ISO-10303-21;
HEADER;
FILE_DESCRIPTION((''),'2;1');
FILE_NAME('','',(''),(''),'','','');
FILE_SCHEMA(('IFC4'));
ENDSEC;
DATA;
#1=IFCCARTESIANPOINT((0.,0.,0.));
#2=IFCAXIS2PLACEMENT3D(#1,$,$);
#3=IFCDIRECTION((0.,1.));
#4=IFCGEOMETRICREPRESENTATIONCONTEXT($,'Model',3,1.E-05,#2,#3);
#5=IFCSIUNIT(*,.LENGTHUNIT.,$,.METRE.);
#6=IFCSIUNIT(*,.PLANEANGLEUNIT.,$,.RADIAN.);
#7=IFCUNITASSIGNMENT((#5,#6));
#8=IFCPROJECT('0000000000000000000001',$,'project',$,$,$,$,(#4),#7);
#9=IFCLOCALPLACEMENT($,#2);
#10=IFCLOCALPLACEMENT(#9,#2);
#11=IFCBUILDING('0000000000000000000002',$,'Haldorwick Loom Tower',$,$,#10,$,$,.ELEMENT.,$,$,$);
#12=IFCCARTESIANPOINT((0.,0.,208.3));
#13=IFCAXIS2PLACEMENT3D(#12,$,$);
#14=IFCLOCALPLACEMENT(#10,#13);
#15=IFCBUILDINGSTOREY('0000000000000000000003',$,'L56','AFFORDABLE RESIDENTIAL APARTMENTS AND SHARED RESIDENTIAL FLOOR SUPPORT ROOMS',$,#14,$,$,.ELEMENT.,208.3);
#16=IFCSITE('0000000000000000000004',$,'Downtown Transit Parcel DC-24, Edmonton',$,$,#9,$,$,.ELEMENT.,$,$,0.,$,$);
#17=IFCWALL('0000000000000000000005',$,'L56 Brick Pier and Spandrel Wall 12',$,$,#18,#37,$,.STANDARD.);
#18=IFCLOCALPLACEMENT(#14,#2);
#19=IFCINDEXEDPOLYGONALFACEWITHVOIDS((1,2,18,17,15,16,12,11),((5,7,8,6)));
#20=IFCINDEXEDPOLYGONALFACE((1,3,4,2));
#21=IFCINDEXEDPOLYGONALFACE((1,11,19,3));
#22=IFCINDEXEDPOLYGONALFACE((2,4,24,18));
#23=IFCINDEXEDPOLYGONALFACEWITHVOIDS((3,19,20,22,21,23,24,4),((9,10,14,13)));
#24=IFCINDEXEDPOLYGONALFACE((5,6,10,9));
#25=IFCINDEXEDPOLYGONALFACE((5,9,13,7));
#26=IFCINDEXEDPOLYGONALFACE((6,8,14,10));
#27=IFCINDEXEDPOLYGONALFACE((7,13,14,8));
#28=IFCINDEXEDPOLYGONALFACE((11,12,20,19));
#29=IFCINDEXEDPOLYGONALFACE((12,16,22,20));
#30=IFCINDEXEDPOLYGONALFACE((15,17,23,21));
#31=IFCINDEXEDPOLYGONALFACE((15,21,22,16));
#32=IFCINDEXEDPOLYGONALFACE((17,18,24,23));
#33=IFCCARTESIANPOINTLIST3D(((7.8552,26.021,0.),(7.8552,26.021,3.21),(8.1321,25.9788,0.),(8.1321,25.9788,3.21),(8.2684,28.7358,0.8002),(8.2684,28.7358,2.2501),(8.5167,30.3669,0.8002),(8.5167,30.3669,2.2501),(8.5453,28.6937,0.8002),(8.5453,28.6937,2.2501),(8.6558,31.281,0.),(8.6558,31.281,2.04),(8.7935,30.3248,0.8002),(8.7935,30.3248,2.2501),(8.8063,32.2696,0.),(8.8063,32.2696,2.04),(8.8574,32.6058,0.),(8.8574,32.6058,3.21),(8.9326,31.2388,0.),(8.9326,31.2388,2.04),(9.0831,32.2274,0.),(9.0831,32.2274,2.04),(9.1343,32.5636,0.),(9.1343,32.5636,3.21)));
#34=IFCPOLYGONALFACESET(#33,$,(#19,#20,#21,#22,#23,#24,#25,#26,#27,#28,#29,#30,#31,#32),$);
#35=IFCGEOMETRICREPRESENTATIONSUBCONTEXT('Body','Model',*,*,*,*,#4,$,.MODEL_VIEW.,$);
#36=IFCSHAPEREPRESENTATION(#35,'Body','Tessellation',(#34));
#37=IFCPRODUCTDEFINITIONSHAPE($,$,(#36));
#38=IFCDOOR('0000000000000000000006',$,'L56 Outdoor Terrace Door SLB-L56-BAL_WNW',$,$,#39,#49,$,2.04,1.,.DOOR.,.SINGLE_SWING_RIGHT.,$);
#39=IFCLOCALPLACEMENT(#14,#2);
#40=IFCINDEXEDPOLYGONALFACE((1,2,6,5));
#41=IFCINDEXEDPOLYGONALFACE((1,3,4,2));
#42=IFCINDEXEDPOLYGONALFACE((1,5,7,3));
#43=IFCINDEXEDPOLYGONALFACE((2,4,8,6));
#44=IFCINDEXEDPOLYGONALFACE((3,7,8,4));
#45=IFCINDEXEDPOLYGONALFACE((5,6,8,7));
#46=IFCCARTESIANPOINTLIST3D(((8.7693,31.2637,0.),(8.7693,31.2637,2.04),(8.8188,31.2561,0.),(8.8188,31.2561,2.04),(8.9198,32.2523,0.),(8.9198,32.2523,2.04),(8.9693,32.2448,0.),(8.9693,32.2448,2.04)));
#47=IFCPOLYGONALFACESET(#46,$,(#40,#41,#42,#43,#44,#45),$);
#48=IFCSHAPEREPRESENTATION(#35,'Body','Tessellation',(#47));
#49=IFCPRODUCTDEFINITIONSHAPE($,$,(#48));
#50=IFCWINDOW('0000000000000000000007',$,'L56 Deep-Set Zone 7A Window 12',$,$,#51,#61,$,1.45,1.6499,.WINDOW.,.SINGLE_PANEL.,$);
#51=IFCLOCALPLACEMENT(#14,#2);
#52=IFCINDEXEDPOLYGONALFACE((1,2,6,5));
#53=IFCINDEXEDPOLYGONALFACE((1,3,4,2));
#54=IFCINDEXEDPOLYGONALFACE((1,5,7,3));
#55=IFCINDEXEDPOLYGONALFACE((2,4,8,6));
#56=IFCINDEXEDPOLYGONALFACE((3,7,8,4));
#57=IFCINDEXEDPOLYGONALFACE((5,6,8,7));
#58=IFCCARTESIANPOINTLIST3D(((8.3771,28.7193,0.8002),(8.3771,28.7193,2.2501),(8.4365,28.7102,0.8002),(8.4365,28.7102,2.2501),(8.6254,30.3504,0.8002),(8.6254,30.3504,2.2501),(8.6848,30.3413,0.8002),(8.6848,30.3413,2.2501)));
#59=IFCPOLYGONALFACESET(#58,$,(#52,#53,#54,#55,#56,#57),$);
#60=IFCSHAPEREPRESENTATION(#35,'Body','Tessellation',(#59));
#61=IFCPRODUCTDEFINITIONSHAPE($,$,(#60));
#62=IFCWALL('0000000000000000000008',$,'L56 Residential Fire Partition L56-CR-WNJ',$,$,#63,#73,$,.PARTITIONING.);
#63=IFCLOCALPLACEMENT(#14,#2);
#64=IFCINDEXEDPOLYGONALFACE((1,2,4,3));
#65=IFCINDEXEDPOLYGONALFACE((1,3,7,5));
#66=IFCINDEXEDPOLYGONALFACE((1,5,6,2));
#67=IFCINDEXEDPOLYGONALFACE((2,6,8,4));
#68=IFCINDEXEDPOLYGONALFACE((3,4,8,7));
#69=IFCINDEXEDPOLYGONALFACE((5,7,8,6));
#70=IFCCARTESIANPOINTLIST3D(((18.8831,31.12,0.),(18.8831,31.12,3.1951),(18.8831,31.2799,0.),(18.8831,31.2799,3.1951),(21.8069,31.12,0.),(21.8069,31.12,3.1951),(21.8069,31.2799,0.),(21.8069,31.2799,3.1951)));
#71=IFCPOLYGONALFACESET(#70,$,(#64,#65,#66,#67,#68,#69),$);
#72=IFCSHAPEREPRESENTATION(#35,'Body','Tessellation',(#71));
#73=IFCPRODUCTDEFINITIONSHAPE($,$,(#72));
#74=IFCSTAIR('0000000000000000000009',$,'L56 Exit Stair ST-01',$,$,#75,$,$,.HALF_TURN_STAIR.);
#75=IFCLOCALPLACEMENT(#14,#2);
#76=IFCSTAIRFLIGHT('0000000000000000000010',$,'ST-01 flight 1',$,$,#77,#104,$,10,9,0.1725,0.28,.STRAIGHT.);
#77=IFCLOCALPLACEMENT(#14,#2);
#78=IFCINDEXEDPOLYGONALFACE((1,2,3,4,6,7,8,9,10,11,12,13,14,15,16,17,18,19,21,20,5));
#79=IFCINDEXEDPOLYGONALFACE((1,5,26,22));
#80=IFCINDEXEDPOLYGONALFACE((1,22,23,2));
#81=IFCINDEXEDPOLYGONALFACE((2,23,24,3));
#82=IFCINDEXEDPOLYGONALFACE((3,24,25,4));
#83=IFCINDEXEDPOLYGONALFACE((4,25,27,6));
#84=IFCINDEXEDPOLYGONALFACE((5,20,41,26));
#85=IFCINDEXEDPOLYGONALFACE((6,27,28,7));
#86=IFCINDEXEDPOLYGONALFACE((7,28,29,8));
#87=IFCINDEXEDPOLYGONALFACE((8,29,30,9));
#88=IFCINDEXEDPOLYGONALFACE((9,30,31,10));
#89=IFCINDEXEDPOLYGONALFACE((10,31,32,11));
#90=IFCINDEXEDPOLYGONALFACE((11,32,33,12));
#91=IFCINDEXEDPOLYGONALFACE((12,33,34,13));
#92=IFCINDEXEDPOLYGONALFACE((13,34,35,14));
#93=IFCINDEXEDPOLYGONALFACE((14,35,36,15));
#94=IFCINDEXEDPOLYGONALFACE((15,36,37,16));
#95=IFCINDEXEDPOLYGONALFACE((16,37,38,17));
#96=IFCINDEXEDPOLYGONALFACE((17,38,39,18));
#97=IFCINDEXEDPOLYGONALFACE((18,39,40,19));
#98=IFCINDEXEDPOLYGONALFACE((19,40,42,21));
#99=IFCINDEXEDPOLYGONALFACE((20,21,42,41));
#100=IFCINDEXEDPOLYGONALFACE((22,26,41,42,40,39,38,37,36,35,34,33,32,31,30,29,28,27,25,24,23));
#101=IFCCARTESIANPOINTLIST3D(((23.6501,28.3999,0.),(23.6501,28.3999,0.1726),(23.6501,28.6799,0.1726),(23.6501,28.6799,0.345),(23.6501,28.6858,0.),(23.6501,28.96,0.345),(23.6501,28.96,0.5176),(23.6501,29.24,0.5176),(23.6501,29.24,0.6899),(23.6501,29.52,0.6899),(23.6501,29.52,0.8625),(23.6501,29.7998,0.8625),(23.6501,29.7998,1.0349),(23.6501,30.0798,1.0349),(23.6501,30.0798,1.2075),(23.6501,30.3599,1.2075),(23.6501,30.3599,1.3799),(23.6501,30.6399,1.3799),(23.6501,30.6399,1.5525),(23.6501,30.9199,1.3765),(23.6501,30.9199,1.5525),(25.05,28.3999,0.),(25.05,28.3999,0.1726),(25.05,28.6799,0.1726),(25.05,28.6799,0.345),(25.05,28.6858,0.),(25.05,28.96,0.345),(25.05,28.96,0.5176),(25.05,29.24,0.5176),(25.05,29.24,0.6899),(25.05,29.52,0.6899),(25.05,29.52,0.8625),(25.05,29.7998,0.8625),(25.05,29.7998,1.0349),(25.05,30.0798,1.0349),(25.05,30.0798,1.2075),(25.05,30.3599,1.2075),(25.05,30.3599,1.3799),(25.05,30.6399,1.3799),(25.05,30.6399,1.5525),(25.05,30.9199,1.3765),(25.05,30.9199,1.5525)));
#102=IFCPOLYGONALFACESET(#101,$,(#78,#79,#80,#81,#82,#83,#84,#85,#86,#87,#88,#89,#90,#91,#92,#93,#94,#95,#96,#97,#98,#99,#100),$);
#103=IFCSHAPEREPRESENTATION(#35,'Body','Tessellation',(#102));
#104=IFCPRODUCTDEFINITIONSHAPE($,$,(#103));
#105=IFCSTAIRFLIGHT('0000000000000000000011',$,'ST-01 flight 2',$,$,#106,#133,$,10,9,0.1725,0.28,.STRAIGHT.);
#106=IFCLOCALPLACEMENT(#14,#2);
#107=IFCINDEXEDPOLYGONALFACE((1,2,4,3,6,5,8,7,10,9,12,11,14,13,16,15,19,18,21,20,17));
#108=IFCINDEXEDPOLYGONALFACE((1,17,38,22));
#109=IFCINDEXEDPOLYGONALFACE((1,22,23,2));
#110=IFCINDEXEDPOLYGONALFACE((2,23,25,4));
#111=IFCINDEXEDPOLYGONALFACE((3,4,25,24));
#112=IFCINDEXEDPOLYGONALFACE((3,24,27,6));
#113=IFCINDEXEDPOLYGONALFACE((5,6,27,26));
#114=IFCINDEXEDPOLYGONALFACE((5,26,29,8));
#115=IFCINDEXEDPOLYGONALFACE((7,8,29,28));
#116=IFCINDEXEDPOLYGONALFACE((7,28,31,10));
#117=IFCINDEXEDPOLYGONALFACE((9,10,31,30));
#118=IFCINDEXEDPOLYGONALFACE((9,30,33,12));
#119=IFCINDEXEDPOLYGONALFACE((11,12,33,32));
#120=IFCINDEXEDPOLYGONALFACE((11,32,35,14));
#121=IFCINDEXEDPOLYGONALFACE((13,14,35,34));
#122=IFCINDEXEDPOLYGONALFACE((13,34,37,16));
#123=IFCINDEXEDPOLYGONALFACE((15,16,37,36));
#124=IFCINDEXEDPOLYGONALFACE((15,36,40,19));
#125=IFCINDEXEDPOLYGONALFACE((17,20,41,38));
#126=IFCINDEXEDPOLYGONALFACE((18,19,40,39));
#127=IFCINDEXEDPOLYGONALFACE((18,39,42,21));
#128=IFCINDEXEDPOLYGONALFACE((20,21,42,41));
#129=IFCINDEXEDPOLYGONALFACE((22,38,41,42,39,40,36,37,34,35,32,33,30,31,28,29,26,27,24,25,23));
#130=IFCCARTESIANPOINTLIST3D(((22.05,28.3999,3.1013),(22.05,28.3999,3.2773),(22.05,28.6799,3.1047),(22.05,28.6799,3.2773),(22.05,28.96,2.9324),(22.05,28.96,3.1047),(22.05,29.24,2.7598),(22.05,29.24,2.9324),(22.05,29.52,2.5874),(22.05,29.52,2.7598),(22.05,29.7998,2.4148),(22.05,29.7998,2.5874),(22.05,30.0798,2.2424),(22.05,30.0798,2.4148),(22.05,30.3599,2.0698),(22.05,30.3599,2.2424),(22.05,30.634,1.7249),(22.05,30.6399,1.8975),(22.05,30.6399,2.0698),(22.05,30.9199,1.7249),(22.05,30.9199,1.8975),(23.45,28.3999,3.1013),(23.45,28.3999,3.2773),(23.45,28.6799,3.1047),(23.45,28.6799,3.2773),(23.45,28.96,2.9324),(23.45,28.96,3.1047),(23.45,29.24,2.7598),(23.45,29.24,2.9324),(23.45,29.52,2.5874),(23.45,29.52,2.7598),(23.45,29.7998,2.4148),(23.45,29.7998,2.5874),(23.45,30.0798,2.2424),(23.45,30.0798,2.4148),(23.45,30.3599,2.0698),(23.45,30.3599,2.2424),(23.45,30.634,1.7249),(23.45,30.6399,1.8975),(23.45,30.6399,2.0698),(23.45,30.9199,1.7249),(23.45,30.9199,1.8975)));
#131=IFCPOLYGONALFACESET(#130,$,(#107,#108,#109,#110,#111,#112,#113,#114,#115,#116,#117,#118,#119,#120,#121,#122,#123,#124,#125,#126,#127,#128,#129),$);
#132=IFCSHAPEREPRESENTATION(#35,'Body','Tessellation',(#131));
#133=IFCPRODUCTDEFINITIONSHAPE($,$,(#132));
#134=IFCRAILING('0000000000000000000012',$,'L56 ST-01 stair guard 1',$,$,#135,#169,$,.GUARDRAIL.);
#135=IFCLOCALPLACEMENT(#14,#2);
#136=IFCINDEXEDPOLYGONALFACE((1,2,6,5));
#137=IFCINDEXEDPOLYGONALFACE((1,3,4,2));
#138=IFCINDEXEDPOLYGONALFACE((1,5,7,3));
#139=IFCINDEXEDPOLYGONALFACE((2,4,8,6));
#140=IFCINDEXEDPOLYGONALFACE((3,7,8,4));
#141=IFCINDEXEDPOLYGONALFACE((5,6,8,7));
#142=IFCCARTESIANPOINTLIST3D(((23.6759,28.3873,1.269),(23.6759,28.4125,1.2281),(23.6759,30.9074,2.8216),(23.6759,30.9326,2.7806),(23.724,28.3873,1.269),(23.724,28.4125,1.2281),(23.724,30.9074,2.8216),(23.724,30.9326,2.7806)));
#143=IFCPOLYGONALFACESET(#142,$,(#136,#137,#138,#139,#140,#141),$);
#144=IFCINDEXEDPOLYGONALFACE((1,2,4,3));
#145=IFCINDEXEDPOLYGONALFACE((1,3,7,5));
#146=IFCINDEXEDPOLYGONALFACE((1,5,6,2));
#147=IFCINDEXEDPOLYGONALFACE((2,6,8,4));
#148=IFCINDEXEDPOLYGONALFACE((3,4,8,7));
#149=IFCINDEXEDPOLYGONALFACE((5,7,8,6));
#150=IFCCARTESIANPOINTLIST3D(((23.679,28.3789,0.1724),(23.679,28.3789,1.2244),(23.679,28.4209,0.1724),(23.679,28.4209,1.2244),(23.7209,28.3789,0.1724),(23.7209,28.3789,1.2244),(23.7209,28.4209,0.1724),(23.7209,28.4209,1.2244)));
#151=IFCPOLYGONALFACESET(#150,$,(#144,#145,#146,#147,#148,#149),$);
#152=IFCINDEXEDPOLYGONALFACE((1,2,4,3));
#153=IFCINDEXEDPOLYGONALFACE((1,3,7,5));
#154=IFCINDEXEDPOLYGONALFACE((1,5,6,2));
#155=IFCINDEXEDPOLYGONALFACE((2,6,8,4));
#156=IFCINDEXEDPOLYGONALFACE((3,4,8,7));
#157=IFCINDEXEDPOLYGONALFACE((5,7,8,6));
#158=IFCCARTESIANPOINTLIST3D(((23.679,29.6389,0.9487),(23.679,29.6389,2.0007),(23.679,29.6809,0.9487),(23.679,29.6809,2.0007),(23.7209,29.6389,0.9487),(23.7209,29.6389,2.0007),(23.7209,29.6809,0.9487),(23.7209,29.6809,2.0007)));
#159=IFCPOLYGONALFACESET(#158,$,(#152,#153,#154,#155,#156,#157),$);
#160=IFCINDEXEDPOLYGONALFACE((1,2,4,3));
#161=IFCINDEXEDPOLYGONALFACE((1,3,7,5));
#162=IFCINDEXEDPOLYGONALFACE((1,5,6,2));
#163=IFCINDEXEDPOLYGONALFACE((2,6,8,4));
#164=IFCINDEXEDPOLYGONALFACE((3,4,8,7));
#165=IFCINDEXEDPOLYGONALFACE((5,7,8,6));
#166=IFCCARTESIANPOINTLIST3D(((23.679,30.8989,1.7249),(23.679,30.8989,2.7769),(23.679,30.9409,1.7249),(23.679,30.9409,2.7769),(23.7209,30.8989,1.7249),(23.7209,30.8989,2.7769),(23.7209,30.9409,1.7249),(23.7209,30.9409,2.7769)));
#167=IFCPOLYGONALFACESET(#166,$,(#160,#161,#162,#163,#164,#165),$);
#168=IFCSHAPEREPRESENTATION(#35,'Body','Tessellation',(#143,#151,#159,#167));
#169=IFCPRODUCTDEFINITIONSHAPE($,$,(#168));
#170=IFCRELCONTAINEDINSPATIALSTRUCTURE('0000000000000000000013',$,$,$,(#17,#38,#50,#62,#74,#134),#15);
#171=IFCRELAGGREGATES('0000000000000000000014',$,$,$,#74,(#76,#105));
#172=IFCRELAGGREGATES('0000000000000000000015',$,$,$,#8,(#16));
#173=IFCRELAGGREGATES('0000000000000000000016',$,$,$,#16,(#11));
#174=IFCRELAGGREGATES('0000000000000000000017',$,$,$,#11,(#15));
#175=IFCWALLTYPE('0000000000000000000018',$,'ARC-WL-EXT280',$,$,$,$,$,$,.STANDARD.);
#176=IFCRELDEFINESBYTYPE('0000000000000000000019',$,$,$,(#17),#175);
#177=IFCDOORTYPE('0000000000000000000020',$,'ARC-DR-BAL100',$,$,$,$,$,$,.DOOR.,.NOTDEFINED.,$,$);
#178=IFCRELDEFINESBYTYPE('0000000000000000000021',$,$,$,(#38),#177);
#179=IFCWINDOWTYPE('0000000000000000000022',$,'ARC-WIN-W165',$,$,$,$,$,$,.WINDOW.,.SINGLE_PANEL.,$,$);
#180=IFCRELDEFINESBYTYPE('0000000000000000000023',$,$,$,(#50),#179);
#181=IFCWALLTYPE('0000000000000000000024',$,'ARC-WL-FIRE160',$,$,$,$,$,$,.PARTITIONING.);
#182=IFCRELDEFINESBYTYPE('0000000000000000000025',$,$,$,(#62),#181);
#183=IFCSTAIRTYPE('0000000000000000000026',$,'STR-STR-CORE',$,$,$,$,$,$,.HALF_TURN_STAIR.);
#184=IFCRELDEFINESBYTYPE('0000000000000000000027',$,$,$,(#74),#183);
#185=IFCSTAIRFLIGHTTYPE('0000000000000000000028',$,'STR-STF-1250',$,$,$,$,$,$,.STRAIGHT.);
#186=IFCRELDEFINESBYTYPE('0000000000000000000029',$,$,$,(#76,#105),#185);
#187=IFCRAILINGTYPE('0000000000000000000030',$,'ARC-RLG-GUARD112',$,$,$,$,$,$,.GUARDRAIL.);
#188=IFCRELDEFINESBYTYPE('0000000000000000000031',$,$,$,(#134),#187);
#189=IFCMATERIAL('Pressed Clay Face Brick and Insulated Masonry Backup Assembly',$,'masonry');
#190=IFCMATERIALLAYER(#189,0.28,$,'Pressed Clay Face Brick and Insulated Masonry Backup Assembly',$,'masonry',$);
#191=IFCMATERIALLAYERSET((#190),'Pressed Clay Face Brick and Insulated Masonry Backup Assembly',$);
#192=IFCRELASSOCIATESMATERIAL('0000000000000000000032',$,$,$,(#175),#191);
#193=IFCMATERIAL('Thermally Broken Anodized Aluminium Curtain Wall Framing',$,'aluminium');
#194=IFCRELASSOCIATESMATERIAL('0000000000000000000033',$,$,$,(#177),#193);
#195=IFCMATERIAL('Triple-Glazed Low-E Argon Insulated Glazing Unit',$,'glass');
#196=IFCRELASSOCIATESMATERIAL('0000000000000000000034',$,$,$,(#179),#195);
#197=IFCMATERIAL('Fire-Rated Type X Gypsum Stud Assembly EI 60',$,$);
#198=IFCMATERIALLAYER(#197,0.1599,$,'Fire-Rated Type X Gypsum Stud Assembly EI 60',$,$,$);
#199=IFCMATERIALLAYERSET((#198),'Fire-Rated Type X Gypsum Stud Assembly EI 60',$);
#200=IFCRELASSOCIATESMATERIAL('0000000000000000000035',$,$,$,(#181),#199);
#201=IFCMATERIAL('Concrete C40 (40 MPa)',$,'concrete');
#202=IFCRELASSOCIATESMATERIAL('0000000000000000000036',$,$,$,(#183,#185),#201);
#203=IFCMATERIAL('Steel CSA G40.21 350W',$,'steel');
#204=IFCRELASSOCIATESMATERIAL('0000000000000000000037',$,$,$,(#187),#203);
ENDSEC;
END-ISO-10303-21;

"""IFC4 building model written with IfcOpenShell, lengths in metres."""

from ifc_helpers import new_model, si_unit, direction, frame, frame_2d, origin, origin_2d, place, context, subcontext, project, spatial, polyline, rectangle, outline, extrude, material, layer, layer_set, type_object, element, fill, aggregate, save


model = new_model("IFC4")

# Units and contexts
model_context = context("Model", 3, precision=1e-05, world=origin(), true_north=direction((0.0, 1.0)))
body_context = subcontext(model_context, "Body", "Model", "MODEL_VIEW")
ifc_project = project(units=[si_unit("LENGTHUNIT", "METRE"), si_unit("PLANEANGLEUNIT", "RADIAN")], contexts=[model_context])

# Site, building, storey
site_placement = place(None, origin())
site = spatial("IfcSite", under=ifc_project, at=site_placement, Name="Downtown Transit Parcel DC-24, Edmonton", CompositionType="ELEMENT", RefElevation=0.0)
building_placement = place(site_placement, origin())
building = spatial("IfcBuilding", under=site, at=building_placement, Name="Haldorwick Loom Tower", CompositionType="ELEMENT")
storey_placement = place(building_placement, frame((0.0, 0.0, 208.3)))
storey = spatial("IfcBuildingStorey", under=building, at=storey_placement, Name="L56", Description="AFFORDABLE RESIDENTIAL APARTMENTS AND SHARED RESIDENTIAL FLOOR SUPPORT ROOMS", CompositionType="ELEMENT", Elevation=208.3)

# Shared definitions
ifc_material_1 = material(Name="Steel CSA G40.21 350W", Category="steel")

# Wall, openings, door, window
ifc_material_2 = material(Name="Pressed Clay Face Brick and Insulated Masonry Backup Assembly", Category="masonry")
ifc_layer_1 = layer(ifc_material_2, 0.28, Name="Pressed Clay Face Brick and Insulated Masonry Backup Assembly", Category="masonry")
ifc_layer_set_1 = layer_set([ifc_layer_1], Name="Pressed Clay Face Brick and Insulated Masonry Backup Assembly")
wall_type_1 = type_object("IfcWallType", Name="ARC-WL-EXT280", PredefinedType="STANDARD", material=ifc_layer_set_1)
wall_1_placement = place(storey_placement, frame((8.9958, 32.5847, 0.0), z_axis=(0.0, 0.0, 1.0), x_axis=(-0.150468, -0.988615, 0.0)))
wall_1 = element("IfcWall", 1, at=wall_1_placement, inside=storey, type_object=wall_type_1, Name="L56 Brick Pier and Spandrel Wall 12", PredefinedType="STANDARD", context=body_context, shape_type="SweptSolid", body=[
    extrude(rectangle(XDim=6.6606, YDim=0.28, at=frame_2d((3.3303, 0.0))), origin(), (0.0, 0.0, 1.0), 3.21),
])
opening_1_placement = place(wall_1_placement, frame((0.3401, 0.0, 0.0)))
opening_1 = element("IfcOpeningElement", 2, at=opening_1_placement, cuts=wall_1, PredefinedType="OPENING", context=body_context, shape_type="SweptSolid", body=[
    extrude(rectangle(XDim=1.0, YDim=2.04, at=frame_2d((0.5, 1.02))), frame((0.0, 0.1499, 0.0), z_axis=(0.0, -1.0, 0.0), x_axis=(1.0, 0.0, 0.0)), (0.0, 0.0, 1.0), 0.3),
])
opening_2_placement = place(wall_1_placement, frame((2.2646, 0.0, 0.8)))
opening_2 = element("IfcOpeningElement", 3, at=opening_2_placement, cuts=wall_1, PredefinedType="OPENING", context=body_context, shape_type="SweptSolid", body=[
    extrude(rectangle(XDim=1.6499, YDim=1.45, at=frame_2d((0.825, 0.7251))), frame((0.0, 0.1499, 0.0), z_axis=(0.0, -1.0, 0.0), x_axis=(1.0, 0.0, 0.0)), (0.0, 0.0, 1.0), 0.3),
])
ifc_material_3 = material(Name="Thermally Broken Anodized Aluminium Curtain Wall Framing", Category="aluminium")
door_type = type_object("IfcDoorType", Name="ARC-DR-BAL100", OperationType="NOTDEFINED", PredefinedType="DOOR", material=ifc_material_3)
door_placement = place(opening_1_placement, origin())
door = element("IfcDoor", 4, at=door_placement, inside=storey, type_object=door_type, Name="L56 Outdoor Terrace Door SLB-L56-BAL_WNW", OperationType="SINGLE_SWING_RIGHT", OverallHeight=2.04, OverallWidth=1.0, PredefinedType="DOOR", context=body_context, shape_type="SweptSolid", body=[
    extrude(rectangle(XDim=1.0, YDim=2.04, at=frame_2d((0.5, 1.02))), frame((0.0, 0.0249, 0.0), z_axis=(0.0, -1.0, 0.0), x_axis=(1.0, 0.0, 0.0)), (0.0, 0.0, 1.0), 0.05),
])
fill(opening_1, door)
ifc_material_4 = material(Name="Triple-Glazed Low-E Argon Insulated Glazing Unit", Category="glass")
window_type = type_object("IfcWindowType", Name="ARC-WIN-W165", PartitioningType="SINGLE_PANEL", PredefinedType="WINDOW", material=ifc_material_4)
window_placement = place(opening_2_placement, origin())
window = element("IfcWindow", 5, at=window_placement, inside=storey, type_object=window_type, Name="L56 Deep-Set Zone 7A Window 12", OverallHeight=1.45, OverallWidth=1.6499, PartitioningType="SINGLE_PANEL", PredefinedType="WINDOW", context=body_context, shape_type="SweptSolid", body=[
    extrude(rectangle(XDim=1.6499, YDim=1.45, at=frame_2d((0.825, 0.7251))), frame((0.0, 0.03, 0.0), z_axis=(0.0, -1.0, 0.0), x_axis=(1.0, 0.0, 0.0)), (0.0, 0.0, 1.0), 0.0601),
])
fill(opening_2, window)

# Wall
ifc_material_5 = material(Name="Fire-Rated Type X Gypsum Stud Assembly EI 60")
ifc_layer_2 = layer(ifc_material_5, 0.1599, Name="Fire-Rated Type X Gypsum Stud Assembly EI 60")
ifc_layer_set_2 = layer_set([ifc_layer_2], Name="Fire-Rated Type X Gypsum Stud Assembly EI 60")
wall_type_2 = type_object("IfcWallType", Name="ARC-WL-FIRE160", PredefinedType="PARTITIONING", material=ifc_layer_set_2)
wall_2_placement = place(storey_placement, frame((18.8831, 31.2, 0.0), z_axis=(0.0, 0.0, 1.0), x_axis=(1.0, 0.0, 0.0)))
element("IfcWall", 6, at=wall_2_placement, inside=storey, type_object=wall_type_2, Name="L56 Residential Fire Partition L56-CR-WNJ", PredefinedType="PARTITIONING", context=body_context, shape_type="SweptSolid", body=[
    extrude(rectangle(XDim=2.9238, YDim=0.1599, at=frame_2d((1.4619, 0.0))), origin(), (0.0, 0.0, 1.0), 3.1951),
])

# Stair, stair flights
ifc_material_6 = material(Name="Concrete C40 (40 MPa)", Category="concrete")
stair_type = type_object("IfcStairType", Name="STR-STR-CORE", PredefinedType="HALF_TURN_STAIR", material=ifc_material_6)
stair_placement = place(storey_placement, origin())
stair = element("IfcStair", 7, at=stair_placement, inside=storey, type_object=stair_type, Name="L56 Exit Stair ST-01", PredefinedType="HALF_TURN_STAIR")
stair_flight_type = type_object("IfcStairFlightType", Name="STR-STF-1250", PredefinedType="STRAIGHT", material=ifc_material_6)
stair_flight_1_placement = place(storey_placement, frame((24.3501, 28.3999, 0.0), z_axis=(0.0, 0.0, 1.0), x_axis=(0.0, 1.0, 0.0)))
stair_flight_1 = element("IfcStairFlight", 8, at=stair_flight_1_placement, type_object=stair_flight_type, Name="ST-01 flight 1", NumberOfRisers=10, NumberOfTreads=9, PredefinedType="STRAIGHT", RiserHeight=0.1725, TreadLength=0.28, context=body_context, shape_type="SweptSolid", body=[
    extrude(outline(polyline([(0.0, 0.0), (0.0, 0.1726), (0.28, 0.1726), (0.28, 0.345), (0.5601, 0.345), (0.5601, 0.5176), (0.8401, 0.5176), (0.8401, 0.6899), (1.1201, 0.6899), (1.1201, 0.8625), (1.3999, 0.8625), (1.3999, 1.0349), (1.6799, 1.0349), (1.6799, 1.2075), (1.96, 1.2075), (1.96, 1.3799), (2.24, 1.3799), (2.24, 1.5525), (2.52, 1.5525), (2.52, 1.7251), (2.52, 1.3765), (0.2859, 0.0), (0.0, 0.0)])), frame((0.0, 0.7, 0.0), z_axis=(0.0, -1.0, 0.0), x_axis=(1.0, 0.0, 0.0)), (0.0, 0.0, 1.0), 1.3999),
])
stair_flight_2_placement = place(storey_placement, frame((22.75, 30.9199, 1.7249), z_axis=(0.0, 0.0, 1.0), x_axis=(0.0, -1.0, 0.0)))
stair_flight_2 = element("IfcStairFlight", 9, at=stair_flight_2_placement, type_object=stair_flight_type, Name="ST-01 flight 2", NumberOfRisers=10, NumberOfTreads=9, PredefinedType="STRAIGHT", RiserHeight=0.1725, TreadLength=0.28, context=body_context, shape_type="SweptSolid", body=[
    extrude(outline(polyline([(0.0, 0.0), (0.0, 0.1726), (0.28, 0.1726), (0.28, 0.345), (0.5601, 0.345), (0.5601, 0.5176), (0.8401, 0.5176), (0.8401, 0.6899), (1.1201, 0.6899), (1.1201, 0.8625), (1.3999, 0.8625), (1.3999, 1.0349), (1.6799, 1.0349), (1.6799, 1.2075), (1.96, 1.2075), (1.96, 1.3799), (2.24, 1.3799), (2.24, 1.5525), (2.52, 1.5525), (2.52, 1.7251), (2.52, 1.3765), (0.2859, 0.0), (0.0, 0.0)])), frame((0.0, 0.7, 0.0), z_axis=(0.0, -1.0, 0.0), x_axis=(1.0, 0.0, 0.0)), (0.0, 0.0, 1.0), 1.3999),
])
aggregate(stair, [stair_flight_1, stair_flight_2])

# Railing
railing_type_1 = type_object("IfcRailingType", Name="ARC-RLG-GUARD112", PredefinedType="GUARDRAIL", material=ifc_material_1)
railing_1_placement = place(storey_placement, frame((23.7, 28.3999, 0.1724)))
element("IfcRailing", 10, at=railing_1_placement, inside=storey, type_object=railing_type_1, Name="L56 ST-01 stair guard 1", PredefinedType="GUARDRAIL", context=body_context, shape_type="SweptSolid", body=[
    extrude(rectangle(XDim=0.0481, YDim=0.0481, at=origin_2d()), frame((0.0, 0.0, 1.0762), z_axis=(0.0, 0.8514, 0.524516), x_axis=(-1.0, 0.0, 0.0)), (0.0, 0.0, 1.0), 2.96),
    extrude(rectangle(XDim=0.042, YDim=0.042, at=origin_2d()), origin(), (0.0, 0.0, 1.0), 1.052),
    extrude(rectangle(XDim=0.042, YDim=0.042, at=origin_2d()), frame((0.0, 1.26, 0.7764)), (0.0, 0.0, 1.0), 1.052),
    extrude(rectangle(XDim=0.042, YDim=0.042, at=origin_2d()), frame((0.0, 2.52, 1.5525)), (0.0, 0.0, 1.0), 1.052),
])

save(model, "model.ifc")
